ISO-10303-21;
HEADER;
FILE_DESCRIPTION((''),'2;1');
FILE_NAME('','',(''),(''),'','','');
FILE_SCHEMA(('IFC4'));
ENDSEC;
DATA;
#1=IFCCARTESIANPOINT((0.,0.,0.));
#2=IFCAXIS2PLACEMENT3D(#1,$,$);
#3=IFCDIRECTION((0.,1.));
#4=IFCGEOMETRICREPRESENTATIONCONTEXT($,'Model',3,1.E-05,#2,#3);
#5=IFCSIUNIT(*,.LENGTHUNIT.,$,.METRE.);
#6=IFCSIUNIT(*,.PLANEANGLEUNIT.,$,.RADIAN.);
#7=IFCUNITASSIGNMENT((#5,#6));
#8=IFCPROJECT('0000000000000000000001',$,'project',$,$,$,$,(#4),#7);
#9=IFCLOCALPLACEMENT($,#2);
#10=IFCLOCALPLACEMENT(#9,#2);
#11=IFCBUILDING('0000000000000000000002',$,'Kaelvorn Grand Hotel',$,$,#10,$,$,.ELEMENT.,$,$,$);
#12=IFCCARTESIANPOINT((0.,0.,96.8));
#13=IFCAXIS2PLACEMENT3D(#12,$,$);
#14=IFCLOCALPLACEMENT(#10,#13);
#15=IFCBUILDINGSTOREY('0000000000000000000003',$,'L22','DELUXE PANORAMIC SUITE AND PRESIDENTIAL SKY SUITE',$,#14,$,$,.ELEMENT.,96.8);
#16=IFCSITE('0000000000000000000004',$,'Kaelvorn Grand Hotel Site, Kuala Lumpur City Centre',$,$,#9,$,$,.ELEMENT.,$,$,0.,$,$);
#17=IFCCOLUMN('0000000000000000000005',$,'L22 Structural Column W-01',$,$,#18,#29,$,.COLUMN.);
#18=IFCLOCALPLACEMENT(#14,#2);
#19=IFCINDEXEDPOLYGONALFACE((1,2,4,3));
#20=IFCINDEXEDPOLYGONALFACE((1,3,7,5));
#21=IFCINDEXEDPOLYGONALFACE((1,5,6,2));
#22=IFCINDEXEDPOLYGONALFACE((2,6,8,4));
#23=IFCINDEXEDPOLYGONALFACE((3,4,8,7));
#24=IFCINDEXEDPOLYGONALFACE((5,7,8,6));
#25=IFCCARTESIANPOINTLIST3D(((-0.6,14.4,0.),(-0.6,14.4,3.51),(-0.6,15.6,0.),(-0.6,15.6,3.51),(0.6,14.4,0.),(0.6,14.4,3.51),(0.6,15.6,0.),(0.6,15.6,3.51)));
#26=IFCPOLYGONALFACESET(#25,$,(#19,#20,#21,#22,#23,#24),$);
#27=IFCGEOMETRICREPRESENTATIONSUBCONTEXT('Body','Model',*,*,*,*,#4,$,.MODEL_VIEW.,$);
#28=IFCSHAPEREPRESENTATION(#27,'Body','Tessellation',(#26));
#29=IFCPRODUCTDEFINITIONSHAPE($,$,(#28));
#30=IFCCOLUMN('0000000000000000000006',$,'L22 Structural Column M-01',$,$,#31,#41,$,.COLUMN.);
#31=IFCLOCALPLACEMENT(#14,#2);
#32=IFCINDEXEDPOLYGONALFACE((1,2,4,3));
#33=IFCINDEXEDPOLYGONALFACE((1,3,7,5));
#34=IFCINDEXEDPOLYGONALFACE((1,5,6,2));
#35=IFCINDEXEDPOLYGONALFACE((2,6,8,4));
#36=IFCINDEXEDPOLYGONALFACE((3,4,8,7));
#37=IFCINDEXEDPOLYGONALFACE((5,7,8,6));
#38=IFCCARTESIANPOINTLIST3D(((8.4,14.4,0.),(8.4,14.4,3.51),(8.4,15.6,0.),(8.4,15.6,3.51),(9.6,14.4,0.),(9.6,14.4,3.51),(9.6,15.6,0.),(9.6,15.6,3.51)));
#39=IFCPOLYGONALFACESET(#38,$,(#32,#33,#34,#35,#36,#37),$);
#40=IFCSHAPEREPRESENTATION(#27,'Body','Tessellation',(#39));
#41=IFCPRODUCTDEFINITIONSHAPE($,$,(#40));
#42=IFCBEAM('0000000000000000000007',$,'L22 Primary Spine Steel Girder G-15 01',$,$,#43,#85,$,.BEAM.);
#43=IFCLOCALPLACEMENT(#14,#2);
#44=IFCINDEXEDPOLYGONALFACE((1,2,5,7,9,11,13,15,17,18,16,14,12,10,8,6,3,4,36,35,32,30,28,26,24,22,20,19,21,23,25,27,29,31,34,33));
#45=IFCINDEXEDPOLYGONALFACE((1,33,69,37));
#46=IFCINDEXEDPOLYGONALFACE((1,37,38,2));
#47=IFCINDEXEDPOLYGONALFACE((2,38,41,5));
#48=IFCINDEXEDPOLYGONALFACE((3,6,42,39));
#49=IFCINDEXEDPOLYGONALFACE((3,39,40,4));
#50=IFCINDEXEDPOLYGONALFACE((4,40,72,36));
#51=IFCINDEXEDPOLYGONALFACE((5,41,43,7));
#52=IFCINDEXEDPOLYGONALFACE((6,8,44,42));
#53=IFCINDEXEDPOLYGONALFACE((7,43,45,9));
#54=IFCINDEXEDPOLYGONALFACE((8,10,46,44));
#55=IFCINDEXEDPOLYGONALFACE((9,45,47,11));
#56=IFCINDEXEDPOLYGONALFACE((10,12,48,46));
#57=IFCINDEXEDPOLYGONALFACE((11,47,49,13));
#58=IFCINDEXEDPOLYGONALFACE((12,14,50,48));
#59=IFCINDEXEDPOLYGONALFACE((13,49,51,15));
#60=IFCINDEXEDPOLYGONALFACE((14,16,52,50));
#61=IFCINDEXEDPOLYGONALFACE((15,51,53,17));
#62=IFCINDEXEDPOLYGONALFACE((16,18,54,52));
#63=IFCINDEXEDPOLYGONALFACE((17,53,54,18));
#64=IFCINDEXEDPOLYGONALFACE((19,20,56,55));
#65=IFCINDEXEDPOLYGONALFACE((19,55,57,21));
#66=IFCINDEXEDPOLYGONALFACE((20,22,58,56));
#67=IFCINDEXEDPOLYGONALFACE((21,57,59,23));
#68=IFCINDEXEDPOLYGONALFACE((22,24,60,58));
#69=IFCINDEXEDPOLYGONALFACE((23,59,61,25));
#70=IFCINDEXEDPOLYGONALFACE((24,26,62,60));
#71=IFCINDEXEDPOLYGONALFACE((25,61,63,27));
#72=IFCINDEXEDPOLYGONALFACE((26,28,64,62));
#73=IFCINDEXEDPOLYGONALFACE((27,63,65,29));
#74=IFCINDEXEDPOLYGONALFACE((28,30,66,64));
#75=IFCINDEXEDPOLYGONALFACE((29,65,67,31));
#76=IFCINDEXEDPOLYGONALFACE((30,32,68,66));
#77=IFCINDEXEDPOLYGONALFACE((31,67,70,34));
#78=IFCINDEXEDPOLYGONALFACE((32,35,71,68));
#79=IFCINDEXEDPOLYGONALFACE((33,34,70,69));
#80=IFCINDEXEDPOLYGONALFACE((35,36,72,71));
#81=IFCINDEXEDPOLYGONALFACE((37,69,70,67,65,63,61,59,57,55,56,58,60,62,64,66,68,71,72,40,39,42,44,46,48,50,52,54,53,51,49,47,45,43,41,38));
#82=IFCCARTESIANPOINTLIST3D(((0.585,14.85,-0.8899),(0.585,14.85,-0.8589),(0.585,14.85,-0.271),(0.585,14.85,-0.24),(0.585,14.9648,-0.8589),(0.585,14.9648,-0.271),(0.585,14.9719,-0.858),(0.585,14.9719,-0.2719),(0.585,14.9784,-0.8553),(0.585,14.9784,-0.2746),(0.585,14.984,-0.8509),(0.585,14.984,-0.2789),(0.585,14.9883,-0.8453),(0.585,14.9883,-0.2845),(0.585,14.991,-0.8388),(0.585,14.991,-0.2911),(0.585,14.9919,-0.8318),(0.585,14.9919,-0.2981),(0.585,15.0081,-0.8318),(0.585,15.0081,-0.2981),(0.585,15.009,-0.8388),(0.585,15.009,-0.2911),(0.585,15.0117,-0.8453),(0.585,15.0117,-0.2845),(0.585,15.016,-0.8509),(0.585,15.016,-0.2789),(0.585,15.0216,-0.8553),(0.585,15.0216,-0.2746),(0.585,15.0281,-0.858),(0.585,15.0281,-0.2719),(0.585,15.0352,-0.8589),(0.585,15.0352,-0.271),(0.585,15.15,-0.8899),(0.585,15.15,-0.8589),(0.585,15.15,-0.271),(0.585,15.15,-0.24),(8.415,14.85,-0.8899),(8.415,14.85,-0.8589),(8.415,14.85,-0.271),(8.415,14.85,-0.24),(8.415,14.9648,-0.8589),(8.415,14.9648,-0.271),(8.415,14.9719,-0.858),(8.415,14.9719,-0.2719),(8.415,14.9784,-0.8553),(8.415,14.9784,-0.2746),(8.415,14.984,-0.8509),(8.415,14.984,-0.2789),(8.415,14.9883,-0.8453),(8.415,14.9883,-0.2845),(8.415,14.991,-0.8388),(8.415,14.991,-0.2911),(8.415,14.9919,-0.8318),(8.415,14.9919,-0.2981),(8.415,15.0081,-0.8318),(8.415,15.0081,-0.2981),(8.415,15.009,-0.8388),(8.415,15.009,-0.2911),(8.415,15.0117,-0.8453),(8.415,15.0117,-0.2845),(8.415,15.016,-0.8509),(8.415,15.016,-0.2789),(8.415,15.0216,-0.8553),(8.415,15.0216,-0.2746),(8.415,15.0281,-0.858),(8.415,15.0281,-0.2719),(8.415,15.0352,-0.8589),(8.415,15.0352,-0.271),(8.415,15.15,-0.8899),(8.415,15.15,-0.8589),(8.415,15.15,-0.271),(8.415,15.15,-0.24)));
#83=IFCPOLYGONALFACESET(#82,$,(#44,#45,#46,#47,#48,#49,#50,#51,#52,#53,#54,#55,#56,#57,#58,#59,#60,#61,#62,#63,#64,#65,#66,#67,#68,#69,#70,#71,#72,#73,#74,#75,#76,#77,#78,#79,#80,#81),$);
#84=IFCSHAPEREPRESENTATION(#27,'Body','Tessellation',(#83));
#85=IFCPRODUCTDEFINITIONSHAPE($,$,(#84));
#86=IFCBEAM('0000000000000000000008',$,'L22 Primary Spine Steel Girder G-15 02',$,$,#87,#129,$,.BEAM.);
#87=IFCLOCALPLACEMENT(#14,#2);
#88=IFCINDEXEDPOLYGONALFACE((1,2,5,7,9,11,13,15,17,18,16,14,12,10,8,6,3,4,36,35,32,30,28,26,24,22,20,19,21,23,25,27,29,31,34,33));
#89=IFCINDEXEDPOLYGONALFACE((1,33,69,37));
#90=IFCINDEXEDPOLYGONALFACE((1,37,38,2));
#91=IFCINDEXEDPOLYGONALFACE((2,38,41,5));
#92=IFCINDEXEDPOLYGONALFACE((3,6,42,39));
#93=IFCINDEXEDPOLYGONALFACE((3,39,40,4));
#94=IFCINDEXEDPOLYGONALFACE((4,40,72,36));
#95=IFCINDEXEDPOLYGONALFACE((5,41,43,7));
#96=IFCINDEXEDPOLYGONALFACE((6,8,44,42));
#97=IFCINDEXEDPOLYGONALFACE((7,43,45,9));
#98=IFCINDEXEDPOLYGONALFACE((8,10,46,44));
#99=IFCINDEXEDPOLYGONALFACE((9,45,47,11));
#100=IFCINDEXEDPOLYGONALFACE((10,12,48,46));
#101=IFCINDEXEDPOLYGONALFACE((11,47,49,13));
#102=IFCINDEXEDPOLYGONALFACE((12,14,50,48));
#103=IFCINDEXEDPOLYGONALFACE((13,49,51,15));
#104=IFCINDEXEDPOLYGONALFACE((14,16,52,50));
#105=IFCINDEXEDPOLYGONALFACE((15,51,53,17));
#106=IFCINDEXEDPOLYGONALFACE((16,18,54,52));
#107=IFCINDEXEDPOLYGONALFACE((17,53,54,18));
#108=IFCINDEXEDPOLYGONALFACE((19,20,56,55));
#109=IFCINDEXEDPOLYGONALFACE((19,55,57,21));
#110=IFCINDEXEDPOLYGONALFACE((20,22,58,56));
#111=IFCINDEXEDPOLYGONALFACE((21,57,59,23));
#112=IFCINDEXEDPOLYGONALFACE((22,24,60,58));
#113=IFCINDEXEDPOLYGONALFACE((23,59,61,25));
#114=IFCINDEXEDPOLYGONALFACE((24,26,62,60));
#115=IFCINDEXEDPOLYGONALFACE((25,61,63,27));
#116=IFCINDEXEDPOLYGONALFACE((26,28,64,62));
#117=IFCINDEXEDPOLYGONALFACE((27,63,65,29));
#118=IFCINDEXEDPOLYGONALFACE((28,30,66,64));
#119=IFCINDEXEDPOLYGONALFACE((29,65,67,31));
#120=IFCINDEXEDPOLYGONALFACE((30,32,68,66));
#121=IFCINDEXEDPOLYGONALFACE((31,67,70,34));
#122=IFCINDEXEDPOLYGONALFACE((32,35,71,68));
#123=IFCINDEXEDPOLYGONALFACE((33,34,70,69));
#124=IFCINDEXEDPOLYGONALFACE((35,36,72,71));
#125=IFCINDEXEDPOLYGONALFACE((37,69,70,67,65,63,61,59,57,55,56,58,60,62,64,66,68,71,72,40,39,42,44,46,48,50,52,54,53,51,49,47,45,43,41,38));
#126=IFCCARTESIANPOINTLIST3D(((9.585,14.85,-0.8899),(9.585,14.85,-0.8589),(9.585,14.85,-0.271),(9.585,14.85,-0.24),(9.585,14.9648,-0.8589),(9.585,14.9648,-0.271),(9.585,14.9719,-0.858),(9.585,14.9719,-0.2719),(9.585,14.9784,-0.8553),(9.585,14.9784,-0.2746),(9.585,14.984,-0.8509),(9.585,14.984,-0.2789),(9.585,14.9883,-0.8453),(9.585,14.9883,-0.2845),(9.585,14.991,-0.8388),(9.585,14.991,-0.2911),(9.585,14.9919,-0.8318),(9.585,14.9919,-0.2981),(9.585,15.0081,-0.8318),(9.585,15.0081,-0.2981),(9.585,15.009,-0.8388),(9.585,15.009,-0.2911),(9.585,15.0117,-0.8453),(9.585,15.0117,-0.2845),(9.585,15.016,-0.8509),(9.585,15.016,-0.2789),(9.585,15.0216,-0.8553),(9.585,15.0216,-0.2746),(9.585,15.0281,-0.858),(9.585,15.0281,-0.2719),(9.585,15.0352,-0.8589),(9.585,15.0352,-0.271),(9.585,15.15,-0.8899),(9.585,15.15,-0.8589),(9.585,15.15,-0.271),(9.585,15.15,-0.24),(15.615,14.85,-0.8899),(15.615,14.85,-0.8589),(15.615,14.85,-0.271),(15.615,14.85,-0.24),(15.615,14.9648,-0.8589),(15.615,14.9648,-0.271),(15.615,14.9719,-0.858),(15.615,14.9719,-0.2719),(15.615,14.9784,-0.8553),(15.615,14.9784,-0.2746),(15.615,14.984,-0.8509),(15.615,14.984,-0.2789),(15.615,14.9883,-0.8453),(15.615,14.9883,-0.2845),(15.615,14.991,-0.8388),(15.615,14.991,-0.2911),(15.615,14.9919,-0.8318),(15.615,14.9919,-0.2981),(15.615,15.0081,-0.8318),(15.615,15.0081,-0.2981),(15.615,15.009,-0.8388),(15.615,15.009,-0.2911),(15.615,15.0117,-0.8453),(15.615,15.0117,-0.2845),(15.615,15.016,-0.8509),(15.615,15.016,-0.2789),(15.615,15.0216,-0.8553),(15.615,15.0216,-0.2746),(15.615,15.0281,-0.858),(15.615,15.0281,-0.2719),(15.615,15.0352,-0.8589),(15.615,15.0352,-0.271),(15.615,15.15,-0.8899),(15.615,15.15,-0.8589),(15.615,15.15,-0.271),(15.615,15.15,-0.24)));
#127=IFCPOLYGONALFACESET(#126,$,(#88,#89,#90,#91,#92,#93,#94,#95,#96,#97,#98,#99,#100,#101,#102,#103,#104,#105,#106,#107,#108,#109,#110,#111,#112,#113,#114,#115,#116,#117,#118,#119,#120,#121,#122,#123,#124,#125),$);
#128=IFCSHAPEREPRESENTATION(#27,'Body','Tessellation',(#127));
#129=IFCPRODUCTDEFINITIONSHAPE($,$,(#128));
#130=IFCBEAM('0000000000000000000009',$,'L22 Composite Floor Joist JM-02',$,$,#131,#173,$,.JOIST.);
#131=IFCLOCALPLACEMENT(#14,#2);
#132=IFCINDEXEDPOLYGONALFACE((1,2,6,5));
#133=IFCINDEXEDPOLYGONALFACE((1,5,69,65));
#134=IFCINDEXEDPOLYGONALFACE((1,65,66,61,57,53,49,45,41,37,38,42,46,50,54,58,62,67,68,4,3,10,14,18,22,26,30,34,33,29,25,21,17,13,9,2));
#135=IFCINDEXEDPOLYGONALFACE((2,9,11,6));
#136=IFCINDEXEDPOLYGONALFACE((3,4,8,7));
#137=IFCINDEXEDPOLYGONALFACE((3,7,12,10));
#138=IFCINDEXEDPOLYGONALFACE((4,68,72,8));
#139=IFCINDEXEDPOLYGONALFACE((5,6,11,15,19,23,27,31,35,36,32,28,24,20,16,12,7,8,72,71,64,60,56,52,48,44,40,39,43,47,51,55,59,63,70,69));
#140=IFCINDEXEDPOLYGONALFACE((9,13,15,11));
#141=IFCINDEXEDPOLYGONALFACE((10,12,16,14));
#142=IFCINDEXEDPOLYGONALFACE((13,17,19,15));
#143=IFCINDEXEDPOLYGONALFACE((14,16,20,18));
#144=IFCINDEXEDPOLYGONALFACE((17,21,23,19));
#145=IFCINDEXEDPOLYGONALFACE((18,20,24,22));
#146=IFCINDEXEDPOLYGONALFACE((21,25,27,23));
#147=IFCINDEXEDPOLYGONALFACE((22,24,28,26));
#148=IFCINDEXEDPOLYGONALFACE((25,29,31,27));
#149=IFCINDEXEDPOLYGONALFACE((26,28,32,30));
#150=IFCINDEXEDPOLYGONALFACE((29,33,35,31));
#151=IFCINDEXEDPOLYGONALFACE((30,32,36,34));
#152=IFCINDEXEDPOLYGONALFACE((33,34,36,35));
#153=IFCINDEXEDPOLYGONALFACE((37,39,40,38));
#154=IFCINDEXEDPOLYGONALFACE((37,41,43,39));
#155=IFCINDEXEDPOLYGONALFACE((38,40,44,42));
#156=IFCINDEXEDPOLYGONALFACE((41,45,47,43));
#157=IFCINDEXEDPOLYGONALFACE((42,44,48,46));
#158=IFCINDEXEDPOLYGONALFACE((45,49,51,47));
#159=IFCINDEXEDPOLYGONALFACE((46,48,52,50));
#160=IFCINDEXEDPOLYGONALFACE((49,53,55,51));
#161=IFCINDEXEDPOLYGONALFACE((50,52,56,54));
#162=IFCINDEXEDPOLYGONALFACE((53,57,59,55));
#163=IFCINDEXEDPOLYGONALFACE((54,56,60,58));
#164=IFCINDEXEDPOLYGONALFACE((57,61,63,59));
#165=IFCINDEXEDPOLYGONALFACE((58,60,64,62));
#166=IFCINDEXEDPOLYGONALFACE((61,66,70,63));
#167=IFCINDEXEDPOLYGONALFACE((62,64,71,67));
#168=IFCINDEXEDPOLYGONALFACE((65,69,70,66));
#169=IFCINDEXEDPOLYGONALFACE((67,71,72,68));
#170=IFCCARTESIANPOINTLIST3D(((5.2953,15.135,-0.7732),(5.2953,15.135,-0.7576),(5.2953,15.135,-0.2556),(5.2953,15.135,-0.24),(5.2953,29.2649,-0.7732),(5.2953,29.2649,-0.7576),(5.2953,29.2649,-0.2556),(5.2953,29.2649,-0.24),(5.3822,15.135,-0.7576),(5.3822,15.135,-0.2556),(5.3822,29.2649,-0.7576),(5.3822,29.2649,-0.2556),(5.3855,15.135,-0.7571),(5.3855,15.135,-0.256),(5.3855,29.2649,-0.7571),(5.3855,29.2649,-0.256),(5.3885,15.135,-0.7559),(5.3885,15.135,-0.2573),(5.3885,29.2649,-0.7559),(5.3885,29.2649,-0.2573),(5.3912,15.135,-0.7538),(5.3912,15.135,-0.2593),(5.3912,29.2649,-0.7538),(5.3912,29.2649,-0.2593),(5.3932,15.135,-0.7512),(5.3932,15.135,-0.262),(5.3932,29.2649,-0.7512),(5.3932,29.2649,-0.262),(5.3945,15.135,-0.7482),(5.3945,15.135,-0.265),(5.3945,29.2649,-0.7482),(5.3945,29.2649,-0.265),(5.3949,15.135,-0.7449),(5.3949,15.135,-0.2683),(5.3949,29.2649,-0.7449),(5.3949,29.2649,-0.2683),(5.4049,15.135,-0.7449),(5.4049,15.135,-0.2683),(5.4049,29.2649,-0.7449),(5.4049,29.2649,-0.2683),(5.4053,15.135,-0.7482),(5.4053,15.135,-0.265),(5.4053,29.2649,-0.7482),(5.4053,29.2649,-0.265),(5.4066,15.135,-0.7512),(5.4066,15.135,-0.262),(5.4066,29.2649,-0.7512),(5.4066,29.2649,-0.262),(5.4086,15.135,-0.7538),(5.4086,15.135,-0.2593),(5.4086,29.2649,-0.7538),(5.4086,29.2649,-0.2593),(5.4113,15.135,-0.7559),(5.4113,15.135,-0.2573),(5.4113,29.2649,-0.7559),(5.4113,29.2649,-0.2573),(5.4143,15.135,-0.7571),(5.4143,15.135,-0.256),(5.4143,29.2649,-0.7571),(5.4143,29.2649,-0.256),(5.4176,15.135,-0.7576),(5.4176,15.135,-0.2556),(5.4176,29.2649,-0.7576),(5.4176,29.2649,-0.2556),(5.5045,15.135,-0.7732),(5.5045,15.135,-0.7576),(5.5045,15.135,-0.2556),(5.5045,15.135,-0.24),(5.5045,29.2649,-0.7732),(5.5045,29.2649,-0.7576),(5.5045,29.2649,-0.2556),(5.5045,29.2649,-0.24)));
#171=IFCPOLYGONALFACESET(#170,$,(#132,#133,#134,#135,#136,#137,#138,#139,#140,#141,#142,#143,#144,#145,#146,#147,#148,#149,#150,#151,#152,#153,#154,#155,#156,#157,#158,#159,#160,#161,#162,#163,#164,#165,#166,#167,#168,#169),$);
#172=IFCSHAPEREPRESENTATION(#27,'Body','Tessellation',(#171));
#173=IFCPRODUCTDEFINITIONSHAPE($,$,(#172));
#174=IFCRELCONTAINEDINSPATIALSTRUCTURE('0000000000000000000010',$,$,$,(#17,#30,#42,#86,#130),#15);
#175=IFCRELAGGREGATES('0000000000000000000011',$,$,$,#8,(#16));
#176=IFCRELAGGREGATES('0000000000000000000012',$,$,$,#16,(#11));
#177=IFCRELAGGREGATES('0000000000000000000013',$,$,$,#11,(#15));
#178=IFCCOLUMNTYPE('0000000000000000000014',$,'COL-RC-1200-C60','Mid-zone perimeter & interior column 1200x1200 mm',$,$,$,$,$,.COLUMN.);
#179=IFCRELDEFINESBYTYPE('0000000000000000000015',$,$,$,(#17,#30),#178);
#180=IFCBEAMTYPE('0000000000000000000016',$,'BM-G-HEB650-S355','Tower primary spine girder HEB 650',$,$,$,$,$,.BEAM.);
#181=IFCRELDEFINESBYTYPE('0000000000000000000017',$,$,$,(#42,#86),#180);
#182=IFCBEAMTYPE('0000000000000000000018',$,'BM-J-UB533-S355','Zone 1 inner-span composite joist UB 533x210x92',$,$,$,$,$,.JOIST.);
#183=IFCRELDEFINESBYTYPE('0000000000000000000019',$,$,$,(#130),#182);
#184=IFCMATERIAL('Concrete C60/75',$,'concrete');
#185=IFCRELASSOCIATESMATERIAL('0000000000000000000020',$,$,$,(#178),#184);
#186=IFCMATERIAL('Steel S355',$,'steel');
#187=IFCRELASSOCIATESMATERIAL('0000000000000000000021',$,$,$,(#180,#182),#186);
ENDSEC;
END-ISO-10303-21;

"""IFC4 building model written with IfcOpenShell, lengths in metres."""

from ifc_helpers import new_model, si_unit, direction, frame, origin, origin_2d, place, context, subcontext, project, spatial, rectangle, i_section, extrude, material, material_profile, profile_set, type_object, element, save


model = new_model("IFC4")

# Units and contexts
model_context = context("Model", 3, precision=1e-05, world=origin(), true_north=direction((0.0, 1.0)))
body_context = subcontext(model_context, "Body", "Model", "MODEL_VIEW")
ifc_project = project(units=[si_unit("LENGTHUNIT", "METRE"), si_unit("PLANEANGLEUNIT", "RADIAN")], contexts=[model_context])

# Site, building, storey
site_placement = place(None, origin())
site = spatial("IfcSite", under=ifc_project, at=site_placement, Name="Kaelvorn Grand Hotel Site, Kuala Lumpur City Centre", CompositionType="ELEMENT", RefElevation=0.0)
building_placement = place(site_placement, origin())
building = spatial("IfcBuilding", under=site, at=building_placement, Name="Kaelvorn Grand Hotel", CompositionType="ELEMENT")
storey_placement = place(building_placement, frame((0.0, 0.0, 96.8)))
storey = spatial("IfcBuildingStorey", under=building, at=storey_placement, Name="L22", Description="DELUXE PANORAMIC SUITE AND PRESIDENTIAL SKY SUITE", CompositionType="ELEMENT", Elevation=96.8)

# Columns
ifc_material_1 = material(Name="Concrete C60/75", Category="concrete")
ifc_material_profile_1 = material_profile(ifc_material_1, rectangle(XDim=1.2, YDim=1.2, at=origin_2d()), Name="RC COL 1200x1200")
ifc_profile_set_1 = profile_set([ifc_material_profile_1], Name="Concrete C60/75")
column_type = type_object("IfcColumnType", Name="COL-RC-1200-C60", Description="Mid-zone perimeter & interior column 1200x1200 mm", PredefinedType="COLUMN", material=ifc_profile_set_1)
for number, where, z_axis, x_axis, name in (
    (1, (0.0, 15.0, 0.0), (0.0, 0.0, 1.0), (1.0, 0.0, 0.0), "L22 Structural Column W-01"),
    (2, (9.0, 15.0, 0.0), (0.0, 0.0, 1.0), (1.0, 0.0, 0.0), "L22 Structural Column M-01"),
):
    element("IfcColumn", number, at=place(storey_placement, frame(where, z_axis=z_axis, x_axis=x_axis)), inside=storey, type_object=column_type, Name=name, PredefinedType="COLUMN", context=body_context, shape_type="SweptSolid", body=[
        extrude(rectangle(XDim=1.2, YDim=1.2, at=origin_2d()), origin(), (0.0, 0.0, 1.0), 3.51),
    ])

# Beams
ifc_material_2 = material(Name="Steel S355", Category="steel")
ifc_material_profile_2 = material_profile(ifc_material_2, i_section(OverallWidth=0.3, OverallDepth=0.6499, WebThickness=0.0161, FlangeThickness=0.031, FilletRadius=0.0271, at=origin_2d()), Name="HEB 650")
ifc_profile_set_2 = profile_set([ifc_material_profile_2], Name="Steel S355")
beam_type_1 = type_object("IfcBeamType", Name="BM-G-HEB650-S355", Description="Tower primary spine girder HEB 650", PredefinedType="BEAM", material=ifc_profile_set_2)
beam_1_placement = place(storey_placement, frame((0.585, 15.0, -0.5649), z_axis=(1.0, 0.0, 0.0), x_axis=(0.0, 1.0, 0.0)))
element("IfcBeam", 3, at=beam_1_placement, inside=storey, type_object=beam_type_1, Name="L22 Primary Spine Steel Girder G-15 01", PredefinedType="BEAM", context=body_context, shape_type="SweptSolid", body=[
    extrude(i_section(OverallWidth=0.3, OverallDepth=0.6499, WebThickness=0.0161, FlangeThickness=0.031, FilletRadius=0.0271, at=origin_2d()), origin(), (0.0, 0.0, 1.0), 7.8301),
])
beam_2_placement = place(storey_placement, frame((9.585, 15.0, -0.5649), z_axis=(1.0, 0.0, 0.0), x_axis=(0.0, 1.0, 0.0)))
element("IfcBeam", 4, at=beam_2_placement, inside=storey, type_object=beam_type_1, Name="L22 Primary Spine Steel Girder G-15 02", PredefinedType="BEAM", context=body_context, shape_type="SweptSolid", body=[
    extrude(i_section(OverallWidth=0.3, OverallDepth=0.6499, WebThickness=0.0161, FlangeThickness=0.031, FilletRadius=0.0271, at=origin_2d()), origin(), (0.0, 0.0, 1.0), 6.03),
])
ifc_material_profile_3 = material_profile(ifc_material_2, i_section(OverallWidth=0.2092, OverallDepth=0.5332, WebThickness=0.01, FlangeThickness=0.0156, FilletRadius=0.0127, at=origin_2d()), Name="UB 533x210x92")
ifc_profile_set_3 = profile_set([ifc_material_profile_3], Name="Steel S355")
beam_type_2 = type_object("IfcBeamType", Name="BM-J-UB533-S355", Description="Zone 1 inner-span composite joist UB 533x210x92", PredefinedType="JOIST", material=ifc_profile_set_3)
beam_3_placement = place(storey_placement, frame((5.3999, 15.135, -0.5066), z_axis=(0.0, 1.0, 0.0), x_axis=(-1.0, 0.0, 0.0)))
element("IfcBeam", 5, at=beam_3_placement, inside=storey, type_object=beam_type_2, Name="L22 Composite Floor Joist JM-02", PredefinedType="JOIST", context=body_context, shape_type="SweptSolid", body=[
    extrude(i_section(OverallWidth=0.2092, OverallDepth=0.5332, WebThickness=0.01, FlangeThickness=0.0156, FilletRadius=0.0127, at=origin_2d()), origin(), (0.0, 0.0, 1.0), 14.1299),
])

save(model, "model.ifc")
